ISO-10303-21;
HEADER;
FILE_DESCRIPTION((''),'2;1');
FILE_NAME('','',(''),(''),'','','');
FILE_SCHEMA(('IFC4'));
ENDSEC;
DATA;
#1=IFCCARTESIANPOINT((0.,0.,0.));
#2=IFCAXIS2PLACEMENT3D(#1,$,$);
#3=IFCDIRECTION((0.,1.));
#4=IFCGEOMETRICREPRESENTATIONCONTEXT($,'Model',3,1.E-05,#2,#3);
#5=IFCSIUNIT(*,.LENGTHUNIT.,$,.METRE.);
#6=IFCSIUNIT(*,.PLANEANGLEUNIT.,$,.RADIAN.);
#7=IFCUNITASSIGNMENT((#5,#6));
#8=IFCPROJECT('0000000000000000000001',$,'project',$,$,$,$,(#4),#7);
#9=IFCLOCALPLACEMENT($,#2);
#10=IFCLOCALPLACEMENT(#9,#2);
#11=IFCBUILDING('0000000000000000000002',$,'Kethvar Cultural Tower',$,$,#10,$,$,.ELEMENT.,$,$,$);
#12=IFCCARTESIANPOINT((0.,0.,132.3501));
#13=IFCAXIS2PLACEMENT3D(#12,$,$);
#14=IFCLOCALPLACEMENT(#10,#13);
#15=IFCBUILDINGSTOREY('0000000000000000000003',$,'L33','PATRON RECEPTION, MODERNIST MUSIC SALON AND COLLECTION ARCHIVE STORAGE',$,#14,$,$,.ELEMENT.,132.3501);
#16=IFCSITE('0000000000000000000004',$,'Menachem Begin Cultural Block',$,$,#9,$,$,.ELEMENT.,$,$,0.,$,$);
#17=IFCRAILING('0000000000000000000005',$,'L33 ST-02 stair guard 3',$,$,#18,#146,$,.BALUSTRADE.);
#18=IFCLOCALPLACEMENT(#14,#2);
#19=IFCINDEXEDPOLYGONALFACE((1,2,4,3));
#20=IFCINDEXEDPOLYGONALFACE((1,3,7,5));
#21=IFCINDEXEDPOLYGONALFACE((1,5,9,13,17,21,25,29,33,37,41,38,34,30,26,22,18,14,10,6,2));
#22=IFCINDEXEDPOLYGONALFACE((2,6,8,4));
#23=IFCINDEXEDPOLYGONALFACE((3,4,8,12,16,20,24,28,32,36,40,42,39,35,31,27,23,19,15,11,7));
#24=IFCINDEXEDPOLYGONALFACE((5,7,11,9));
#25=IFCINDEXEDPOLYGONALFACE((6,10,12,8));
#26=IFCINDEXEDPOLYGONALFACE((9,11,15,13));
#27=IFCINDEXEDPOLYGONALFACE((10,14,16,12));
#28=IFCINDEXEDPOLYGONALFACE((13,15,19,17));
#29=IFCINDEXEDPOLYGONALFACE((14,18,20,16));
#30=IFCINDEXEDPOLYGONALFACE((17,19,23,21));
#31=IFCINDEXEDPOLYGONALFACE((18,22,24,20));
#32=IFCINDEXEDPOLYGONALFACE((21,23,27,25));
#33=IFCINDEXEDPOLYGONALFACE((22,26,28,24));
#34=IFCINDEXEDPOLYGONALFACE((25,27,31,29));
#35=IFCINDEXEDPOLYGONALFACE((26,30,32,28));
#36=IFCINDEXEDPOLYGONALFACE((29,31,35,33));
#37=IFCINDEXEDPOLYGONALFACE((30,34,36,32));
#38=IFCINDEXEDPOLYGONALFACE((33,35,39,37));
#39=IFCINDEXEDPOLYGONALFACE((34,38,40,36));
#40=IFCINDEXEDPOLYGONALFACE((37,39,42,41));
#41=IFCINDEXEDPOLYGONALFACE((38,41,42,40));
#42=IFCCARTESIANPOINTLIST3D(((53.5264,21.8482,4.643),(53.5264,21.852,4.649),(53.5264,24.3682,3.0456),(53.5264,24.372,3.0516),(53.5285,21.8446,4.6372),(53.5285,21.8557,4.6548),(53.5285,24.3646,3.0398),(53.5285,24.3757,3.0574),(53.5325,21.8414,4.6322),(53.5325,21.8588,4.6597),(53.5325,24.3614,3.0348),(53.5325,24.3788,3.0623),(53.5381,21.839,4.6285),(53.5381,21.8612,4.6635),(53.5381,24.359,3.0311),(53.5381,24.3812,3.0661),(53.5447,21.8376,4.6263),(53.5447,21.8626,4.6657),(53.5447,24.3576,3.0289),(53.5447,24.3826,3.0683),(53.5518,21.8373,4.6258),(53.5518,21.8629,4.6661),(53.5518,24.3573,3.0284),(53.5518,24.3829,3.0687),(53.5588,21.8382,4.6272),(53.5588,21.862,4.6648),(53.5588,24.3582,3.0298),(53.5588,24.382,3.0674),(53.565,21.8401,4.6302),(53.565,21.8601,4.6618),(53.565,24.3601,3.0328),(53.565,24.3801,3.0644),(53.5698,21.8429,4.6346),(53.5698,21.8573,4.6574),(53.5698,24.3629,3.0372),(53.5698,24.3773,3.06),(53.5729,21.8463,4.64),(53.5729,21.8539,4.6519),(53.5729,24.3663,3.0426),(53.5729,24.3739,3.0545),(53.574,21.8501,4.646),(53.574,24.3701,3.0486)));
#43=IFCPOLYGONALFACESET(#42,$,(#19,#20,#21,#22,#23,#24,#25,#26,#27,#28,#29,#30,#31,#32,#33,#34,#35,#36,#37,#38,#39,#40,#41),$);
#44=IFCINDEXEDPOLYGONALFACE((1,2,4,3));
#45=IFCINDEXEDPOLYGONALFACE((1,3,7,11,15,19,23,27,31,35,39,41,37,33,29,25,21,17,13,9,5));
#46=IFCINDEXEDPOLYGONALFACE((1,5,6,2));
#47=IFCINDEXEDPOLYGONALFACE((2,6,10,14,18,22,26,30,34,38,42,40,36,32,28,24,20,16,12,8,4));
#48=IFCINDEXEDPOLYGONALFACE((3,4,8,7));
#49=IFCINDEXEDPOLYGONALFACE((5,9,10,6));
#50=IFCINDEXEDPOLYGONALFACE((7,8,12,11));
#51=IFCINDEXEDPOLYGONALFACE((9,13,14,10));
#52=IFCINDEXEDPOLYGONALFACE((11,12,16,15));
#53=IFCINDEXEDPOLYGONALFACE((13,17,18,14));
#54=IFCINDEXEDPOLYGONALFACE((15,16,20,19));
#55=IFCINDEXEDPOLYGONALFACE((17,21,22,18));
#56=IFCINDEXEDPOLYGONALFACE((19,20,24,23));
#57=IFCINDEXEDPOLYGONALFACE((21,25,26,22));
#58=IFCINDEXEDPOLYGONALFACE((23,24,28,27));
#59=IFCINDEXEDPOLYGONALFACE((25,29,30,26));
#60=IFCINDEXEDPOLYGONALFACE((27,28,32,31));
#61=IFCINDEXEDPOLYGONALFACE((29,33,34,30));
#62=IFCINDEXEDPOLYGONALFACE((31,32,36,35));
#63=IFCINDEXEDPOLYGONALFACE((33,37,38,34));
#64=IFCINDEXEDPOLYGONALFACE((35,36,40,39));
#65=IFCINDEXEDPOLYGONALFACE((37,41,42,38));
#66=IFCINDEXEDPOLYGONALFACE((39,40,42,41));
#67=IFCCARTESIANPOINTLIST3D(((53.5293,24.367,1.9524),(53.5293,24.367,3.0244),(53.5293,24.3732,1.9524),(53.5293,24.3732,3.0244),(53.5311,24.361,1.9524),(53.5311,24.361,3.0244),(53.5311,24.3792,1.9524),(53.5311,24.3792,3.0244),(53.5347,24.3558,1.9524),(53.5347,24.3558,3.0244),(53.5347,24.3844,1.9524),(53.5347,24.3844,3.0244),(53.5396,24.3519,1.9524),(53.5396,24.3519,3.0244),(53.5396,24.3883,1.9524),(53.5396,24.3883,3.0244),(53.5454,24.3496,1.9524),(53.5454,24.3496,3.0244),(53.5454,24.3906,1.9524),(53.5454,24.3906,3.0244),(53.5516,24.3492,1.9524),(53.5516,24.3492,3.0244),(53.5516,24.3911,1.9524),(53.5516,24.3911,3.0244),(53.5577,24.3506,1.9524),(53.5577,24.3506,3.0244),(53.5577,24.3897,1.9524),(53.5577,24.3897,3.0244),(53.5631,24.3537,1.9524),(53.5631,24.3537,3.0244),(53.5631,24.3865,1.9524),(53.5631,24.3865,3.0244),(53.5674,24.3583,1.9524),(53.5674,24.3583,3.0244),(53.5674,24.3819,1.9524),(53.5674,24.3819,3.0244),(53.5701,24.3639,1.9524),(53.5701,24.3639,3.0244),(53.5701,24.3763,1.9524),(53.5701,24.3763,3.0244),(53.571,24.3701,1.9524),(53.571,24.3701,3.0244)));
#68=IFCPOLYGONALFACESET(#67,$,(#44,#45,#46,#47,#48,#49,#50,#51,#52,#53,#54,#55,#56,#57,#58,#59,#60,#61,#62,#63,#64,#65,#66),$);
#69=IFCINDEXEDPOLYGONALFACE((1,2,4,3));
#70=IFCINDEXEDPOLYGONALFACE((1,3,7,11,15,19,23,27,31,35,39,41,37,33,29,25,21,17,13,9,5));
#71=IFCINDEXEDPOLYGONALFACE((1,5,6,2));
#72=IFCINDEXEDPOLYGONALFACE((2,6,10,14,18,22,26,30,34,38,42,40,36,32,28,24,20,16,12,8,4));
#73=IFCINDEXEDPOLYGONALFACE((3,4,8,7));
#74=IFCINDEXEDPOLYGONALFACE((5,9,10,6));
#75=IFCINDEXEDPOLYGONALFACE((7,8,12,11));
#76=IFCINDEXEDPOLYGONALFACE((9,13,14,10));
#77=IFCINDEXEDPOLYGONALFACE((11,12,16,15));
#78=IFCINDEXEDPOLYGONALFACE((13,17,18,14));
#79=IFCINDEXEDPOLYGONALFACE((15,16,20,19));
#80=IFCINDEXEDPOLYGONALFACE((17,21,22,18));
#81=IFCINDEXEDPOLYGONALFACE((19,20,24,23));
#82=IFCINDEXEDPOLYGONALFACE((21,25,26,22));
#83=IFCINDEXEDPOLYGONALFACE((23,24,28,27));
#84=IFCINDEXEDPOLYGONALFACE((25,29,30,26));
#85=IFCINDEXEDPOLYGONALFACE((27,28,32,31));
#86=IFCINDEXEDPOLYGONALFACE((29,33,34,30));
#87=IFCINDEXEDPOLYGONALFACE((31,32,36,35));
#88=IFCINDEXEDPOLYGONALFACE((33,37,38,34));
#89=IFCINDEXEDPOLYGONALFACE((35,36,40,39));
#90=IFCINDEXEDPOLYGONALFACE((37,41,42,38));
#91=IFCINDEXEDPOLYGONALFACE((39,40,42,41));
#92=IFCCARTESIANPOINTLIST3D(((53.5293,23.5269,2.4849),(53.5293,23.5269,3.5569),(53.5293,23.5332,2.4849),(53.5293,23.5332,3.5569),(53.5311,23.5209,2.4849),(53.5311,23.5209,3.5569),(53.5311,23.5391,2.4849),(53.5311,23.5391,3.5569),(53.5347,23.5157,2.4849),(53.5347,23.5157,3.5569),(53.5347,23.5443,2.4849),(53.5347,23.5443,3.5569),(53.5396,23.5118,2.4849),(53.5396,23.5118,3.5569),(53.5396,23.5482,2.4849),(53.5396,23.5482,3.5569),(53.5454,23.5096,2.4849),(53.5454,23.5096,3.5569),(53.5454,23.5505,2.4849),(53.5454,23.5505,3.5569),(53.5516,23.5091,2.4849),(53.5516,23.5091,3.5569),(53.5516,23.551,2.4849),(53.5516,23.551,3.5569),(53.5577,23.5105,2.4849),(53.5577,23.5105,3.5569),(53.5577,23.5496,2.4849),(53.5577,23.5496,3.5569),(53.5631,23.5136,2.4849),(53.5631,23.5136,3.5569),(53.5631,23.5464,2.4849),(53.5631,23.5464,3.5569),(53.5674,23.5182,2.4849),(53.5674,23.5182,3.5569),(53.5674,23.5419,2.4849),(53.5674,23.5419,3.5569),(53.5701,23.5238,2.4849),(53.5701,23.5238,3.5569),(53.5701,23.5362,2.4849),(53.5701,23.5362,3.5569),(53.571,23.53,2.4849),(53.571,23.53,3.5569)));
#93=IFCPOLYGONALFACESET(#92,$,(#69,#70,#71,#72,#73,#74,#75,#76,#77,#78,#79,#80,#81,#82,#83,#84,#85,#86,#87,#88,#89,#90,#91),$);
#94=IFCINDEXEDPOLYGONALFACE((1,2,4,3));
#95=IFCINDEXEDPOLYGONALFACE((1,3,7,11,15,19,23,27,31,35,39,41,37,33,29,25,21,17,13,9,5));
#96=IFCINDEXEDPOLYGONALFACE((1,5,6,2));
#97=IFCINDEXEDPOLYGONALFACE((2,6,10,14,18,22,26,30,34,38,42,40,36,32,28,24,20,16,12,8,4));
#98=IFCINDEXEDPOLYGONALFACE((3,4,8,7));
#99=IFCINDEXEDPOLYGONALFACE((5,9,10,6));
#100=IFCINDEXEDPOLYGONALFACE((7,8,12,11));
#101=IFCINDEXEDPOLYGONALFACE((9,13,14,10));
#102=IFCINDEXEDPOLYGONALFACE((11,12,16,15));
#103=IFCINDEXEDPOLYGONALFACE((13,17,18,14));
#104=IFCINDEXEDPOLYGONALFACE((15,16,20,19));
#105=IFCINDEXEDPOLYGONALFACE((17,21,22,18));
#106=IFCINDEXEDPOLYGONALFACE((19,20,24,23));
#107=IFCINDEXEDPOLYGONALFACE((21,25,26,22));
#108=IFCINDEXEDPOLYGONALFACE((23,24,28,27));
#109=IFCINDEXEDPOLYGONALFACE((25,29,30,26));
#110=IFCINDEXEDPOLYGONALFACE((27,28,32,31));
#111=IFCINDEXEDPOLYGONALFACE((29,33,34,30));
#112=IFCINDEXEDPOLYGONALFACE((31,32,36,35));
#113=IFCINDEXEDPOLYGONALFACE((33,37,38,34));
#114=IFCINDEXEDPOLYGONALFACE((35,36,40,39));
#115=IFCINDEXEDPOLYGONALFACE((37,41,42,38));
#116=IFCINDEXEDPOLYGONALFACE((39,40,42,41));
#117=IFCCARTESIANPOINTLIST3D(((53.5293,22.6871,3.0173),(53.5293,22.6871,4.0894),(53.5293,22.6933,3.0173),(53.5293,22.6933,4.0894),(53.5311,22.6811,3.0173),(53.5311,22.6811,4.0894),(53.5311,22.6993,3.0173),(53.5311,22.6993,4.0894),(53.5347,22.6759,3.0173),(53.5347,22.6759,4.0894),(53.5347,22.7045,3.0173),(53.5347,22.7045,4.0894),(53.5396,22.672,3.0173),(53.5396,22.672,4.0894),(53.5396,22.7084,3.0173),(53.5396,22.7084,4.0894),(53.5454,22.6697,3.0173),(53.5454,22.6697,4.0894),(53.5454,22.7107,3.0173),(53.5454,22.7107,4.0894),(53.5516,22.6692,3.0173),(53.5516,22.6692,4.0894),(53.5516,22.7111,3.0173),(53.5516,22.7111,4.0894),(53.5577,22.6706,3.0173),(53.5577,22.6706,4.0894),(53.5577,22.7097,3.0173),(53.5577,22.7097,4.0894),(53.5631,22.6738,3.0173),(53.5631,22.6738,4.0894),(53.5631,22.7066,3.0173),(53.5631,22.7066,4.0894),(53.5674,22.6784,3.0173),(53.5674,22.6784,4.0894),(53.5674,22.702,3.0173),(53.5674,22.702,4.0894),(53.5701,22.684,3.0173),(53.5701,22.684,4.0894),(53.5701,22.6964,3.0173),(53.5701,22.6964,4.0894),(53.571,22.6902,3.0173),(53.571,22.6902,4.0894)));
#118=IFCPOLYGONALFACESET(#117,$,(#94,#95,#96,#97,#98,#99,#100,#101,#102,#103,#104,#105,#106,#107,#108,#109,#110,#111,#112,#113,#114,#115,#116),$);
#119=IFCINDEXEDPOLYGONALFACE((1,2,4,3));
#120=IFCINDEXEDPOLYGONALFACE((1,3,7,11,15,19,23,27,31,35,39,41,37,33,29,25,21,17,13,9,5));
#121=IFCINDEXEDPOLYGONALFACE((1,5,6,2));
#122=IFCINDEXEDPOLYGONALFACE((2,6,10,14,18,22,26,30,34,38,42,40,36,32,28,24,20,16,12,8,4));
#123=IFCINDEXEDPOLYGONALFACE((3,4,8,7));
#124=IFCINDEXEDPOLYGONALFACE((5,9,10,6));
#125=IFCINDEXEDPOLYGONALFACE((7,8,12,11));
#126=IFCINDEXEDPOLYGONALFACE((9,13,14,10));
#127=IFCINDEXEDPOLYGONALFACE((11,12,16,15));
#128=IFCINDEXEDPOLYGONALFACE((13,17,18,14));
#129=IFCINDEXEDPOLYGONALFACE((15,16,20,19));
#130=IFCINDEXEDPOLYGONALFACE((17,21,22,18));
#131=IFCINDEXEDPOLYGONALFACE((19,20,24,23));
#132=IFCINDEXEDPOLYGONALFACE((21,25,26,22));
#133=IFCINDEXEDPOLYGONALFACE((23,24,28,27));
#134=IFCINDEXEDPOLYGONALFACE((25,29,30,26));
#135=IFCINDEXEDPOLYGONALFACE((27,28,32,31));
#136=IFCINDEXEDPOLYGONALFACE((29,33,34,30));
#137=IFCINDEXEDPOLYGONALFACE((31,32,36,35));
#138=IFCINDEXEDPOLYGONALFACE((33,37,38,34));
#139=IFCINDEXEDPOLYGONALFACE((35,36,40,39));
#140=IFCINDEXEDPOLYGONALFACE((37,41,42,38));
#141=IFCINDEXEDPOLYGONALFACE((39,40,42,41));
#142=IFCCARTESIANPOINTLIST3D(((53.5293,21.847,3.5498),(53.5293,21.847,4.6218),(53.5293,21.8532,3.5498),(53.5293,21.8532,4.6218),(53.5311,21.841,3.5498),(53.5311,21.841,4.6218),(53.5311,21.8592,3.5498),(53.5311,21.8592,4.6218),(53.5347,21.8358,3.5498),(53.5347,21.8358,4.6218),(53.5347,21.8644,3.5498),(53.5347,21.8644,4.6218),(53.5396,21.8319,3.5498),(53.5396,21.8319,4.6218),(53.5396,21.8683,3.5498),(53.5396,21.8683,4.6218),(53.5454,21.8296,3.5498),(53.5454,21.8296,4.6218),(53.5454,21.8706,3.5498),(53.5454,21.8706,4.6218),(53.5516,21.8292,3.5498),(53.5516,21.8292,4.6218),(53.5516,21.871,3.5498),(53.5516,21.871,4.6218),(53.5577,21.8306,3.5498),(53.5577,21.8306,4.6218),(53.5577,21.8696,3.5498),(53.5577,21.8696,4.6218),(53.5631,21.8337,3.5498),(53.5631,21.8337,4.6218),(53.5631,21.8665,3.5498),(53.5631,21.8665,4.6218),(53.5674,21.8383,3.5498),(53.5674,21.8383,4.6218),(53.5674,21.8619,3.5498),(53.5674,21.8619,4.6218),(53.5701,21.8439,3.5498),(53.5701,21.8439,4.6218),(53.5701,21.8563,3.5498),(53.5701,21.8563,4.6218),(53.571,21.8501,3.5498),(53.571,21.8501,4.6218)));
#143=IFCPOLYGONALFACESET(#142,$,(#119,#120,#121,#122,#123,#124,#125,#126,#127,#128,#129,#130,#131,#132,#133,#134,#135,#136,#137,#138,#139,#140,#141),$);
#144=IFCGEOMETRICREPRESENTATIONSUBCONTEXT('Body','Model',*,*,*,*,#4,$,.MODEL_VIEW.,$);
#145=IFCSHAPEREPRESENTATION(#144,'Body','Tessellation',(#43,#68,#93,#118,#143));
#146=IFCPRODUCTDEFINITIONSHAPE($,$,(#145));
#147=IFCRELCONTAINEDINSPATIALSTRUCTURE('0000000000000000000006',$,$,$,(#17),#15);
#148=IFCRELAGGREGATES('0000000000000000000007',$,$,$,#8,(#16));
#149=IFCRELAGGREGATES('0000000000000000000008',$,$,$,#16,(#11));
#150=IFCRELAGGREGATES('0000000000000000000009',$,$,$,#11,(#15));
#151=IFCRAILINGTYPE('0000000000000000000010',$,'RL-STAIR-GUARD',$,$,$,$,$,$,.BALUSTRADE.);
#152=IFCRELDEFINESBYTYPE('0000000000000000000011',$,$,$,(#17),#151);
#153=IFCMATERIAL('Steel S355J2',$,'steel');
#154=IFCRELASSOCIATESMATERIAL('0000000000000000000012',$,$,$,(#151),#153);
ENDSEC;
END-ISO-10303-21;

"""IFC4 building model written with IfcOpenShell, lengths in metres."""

from ifc_helpers import new_model, si_unit, direction, frame, origin, origin_2d, place, context, subcontext, project, spatial, circle, extrude, material, type_object, element, save


model = new_model("IFC4")

# Units and contexts
model_context = context("Model", 3, precision=1e-05, world=origin(), true_north=direction((0.0, 1.0)))
body_context = subcontext(model_context, "Body", "Model", "MODEL_VIEW")
ifc_project = project(units=[si_unit("LENGTHUNIT", "METRE"), si_unit("PLANEANGLEUNIT", "RADIAN")], contexts=[model_context])

# Site, building, storey
site_placement = place(None, origin())
site = spatial("IfcSite", under=ifc_project, at=site_placement, Name="Menachem Begin Cultural Block", CompositionType="ELEMENT", RefElevation=0.0)
building_placement = place(site_placement, origin())
building = spatial("IfcBuilding", under=site, at=building_placement, Name="Kethvar Cultural Tower", CompositionType="ELEMENT")
storey_placement = place(building_placement, frame((0.0, 0.0, 132.3501)))
storey = spatial("IfcBuildingStorey", under=building, at=storey_placement, Name="L33", Description="PATRON RECEPTION, MODERNIST MUSIC SALON AND COLLECTION ARCHIVE STORAGE", CompositionType="ELEMENT", Elevation=132.3501)

# Shared definitions
ifc_material_1 = material(Name="Steel S355J2", Category="steel")

# Railing
railing_type_1 = type_object("IfcRailingType", Name="RL-STAIR-GUARD", PredefinedType="BALUSTRADE", material=ifc_material_1)
railing_1_placement = place(storey_placement, frame((53.55, 24.3701, 1.9524)))
element("IfcRailing", 1, at=railing_1_placement, inside=storey, type_object=railing_type_1, Name="L33 ST-02 stair guard 3", PredefinedType="BALUSTRADE", context=body_context, shape_type="SweptSolid", body=[
    extrude(circle(Radius=0.0239, at=origin_2d()), frame((0.0, 0.0, 1.0962), z_axis=(0.0, -0.844607, 0.535387), x_axis=(1.0, 0.0, 0.0)), (0.0, 0.0, 1.0), 2.9836),
    extrude(circle(Radius=0.021, at=origin_2d()), origin(), (0.0, 0.0, 1.0), 1.072),
    extrude(circle(Radius=0.021, at=origin_2d()), frame((0.0, -0.8401, 0.5325)), (0.0, 0.0, 1.0), 1.072),
    extrude(circle(Radius=0.021, at=origin_2d()), frame((0.0, -1.6799, 1.0649)), (0.0, 0.0, 1.0), 1.072),
    extrude(circle(Radius=0.021, at=origin_2d()), frame((0.0, -2.52, 1.5974)), (0.0, 0.0, 1.0), 1.072),
])

save(model, "model.ifc")
